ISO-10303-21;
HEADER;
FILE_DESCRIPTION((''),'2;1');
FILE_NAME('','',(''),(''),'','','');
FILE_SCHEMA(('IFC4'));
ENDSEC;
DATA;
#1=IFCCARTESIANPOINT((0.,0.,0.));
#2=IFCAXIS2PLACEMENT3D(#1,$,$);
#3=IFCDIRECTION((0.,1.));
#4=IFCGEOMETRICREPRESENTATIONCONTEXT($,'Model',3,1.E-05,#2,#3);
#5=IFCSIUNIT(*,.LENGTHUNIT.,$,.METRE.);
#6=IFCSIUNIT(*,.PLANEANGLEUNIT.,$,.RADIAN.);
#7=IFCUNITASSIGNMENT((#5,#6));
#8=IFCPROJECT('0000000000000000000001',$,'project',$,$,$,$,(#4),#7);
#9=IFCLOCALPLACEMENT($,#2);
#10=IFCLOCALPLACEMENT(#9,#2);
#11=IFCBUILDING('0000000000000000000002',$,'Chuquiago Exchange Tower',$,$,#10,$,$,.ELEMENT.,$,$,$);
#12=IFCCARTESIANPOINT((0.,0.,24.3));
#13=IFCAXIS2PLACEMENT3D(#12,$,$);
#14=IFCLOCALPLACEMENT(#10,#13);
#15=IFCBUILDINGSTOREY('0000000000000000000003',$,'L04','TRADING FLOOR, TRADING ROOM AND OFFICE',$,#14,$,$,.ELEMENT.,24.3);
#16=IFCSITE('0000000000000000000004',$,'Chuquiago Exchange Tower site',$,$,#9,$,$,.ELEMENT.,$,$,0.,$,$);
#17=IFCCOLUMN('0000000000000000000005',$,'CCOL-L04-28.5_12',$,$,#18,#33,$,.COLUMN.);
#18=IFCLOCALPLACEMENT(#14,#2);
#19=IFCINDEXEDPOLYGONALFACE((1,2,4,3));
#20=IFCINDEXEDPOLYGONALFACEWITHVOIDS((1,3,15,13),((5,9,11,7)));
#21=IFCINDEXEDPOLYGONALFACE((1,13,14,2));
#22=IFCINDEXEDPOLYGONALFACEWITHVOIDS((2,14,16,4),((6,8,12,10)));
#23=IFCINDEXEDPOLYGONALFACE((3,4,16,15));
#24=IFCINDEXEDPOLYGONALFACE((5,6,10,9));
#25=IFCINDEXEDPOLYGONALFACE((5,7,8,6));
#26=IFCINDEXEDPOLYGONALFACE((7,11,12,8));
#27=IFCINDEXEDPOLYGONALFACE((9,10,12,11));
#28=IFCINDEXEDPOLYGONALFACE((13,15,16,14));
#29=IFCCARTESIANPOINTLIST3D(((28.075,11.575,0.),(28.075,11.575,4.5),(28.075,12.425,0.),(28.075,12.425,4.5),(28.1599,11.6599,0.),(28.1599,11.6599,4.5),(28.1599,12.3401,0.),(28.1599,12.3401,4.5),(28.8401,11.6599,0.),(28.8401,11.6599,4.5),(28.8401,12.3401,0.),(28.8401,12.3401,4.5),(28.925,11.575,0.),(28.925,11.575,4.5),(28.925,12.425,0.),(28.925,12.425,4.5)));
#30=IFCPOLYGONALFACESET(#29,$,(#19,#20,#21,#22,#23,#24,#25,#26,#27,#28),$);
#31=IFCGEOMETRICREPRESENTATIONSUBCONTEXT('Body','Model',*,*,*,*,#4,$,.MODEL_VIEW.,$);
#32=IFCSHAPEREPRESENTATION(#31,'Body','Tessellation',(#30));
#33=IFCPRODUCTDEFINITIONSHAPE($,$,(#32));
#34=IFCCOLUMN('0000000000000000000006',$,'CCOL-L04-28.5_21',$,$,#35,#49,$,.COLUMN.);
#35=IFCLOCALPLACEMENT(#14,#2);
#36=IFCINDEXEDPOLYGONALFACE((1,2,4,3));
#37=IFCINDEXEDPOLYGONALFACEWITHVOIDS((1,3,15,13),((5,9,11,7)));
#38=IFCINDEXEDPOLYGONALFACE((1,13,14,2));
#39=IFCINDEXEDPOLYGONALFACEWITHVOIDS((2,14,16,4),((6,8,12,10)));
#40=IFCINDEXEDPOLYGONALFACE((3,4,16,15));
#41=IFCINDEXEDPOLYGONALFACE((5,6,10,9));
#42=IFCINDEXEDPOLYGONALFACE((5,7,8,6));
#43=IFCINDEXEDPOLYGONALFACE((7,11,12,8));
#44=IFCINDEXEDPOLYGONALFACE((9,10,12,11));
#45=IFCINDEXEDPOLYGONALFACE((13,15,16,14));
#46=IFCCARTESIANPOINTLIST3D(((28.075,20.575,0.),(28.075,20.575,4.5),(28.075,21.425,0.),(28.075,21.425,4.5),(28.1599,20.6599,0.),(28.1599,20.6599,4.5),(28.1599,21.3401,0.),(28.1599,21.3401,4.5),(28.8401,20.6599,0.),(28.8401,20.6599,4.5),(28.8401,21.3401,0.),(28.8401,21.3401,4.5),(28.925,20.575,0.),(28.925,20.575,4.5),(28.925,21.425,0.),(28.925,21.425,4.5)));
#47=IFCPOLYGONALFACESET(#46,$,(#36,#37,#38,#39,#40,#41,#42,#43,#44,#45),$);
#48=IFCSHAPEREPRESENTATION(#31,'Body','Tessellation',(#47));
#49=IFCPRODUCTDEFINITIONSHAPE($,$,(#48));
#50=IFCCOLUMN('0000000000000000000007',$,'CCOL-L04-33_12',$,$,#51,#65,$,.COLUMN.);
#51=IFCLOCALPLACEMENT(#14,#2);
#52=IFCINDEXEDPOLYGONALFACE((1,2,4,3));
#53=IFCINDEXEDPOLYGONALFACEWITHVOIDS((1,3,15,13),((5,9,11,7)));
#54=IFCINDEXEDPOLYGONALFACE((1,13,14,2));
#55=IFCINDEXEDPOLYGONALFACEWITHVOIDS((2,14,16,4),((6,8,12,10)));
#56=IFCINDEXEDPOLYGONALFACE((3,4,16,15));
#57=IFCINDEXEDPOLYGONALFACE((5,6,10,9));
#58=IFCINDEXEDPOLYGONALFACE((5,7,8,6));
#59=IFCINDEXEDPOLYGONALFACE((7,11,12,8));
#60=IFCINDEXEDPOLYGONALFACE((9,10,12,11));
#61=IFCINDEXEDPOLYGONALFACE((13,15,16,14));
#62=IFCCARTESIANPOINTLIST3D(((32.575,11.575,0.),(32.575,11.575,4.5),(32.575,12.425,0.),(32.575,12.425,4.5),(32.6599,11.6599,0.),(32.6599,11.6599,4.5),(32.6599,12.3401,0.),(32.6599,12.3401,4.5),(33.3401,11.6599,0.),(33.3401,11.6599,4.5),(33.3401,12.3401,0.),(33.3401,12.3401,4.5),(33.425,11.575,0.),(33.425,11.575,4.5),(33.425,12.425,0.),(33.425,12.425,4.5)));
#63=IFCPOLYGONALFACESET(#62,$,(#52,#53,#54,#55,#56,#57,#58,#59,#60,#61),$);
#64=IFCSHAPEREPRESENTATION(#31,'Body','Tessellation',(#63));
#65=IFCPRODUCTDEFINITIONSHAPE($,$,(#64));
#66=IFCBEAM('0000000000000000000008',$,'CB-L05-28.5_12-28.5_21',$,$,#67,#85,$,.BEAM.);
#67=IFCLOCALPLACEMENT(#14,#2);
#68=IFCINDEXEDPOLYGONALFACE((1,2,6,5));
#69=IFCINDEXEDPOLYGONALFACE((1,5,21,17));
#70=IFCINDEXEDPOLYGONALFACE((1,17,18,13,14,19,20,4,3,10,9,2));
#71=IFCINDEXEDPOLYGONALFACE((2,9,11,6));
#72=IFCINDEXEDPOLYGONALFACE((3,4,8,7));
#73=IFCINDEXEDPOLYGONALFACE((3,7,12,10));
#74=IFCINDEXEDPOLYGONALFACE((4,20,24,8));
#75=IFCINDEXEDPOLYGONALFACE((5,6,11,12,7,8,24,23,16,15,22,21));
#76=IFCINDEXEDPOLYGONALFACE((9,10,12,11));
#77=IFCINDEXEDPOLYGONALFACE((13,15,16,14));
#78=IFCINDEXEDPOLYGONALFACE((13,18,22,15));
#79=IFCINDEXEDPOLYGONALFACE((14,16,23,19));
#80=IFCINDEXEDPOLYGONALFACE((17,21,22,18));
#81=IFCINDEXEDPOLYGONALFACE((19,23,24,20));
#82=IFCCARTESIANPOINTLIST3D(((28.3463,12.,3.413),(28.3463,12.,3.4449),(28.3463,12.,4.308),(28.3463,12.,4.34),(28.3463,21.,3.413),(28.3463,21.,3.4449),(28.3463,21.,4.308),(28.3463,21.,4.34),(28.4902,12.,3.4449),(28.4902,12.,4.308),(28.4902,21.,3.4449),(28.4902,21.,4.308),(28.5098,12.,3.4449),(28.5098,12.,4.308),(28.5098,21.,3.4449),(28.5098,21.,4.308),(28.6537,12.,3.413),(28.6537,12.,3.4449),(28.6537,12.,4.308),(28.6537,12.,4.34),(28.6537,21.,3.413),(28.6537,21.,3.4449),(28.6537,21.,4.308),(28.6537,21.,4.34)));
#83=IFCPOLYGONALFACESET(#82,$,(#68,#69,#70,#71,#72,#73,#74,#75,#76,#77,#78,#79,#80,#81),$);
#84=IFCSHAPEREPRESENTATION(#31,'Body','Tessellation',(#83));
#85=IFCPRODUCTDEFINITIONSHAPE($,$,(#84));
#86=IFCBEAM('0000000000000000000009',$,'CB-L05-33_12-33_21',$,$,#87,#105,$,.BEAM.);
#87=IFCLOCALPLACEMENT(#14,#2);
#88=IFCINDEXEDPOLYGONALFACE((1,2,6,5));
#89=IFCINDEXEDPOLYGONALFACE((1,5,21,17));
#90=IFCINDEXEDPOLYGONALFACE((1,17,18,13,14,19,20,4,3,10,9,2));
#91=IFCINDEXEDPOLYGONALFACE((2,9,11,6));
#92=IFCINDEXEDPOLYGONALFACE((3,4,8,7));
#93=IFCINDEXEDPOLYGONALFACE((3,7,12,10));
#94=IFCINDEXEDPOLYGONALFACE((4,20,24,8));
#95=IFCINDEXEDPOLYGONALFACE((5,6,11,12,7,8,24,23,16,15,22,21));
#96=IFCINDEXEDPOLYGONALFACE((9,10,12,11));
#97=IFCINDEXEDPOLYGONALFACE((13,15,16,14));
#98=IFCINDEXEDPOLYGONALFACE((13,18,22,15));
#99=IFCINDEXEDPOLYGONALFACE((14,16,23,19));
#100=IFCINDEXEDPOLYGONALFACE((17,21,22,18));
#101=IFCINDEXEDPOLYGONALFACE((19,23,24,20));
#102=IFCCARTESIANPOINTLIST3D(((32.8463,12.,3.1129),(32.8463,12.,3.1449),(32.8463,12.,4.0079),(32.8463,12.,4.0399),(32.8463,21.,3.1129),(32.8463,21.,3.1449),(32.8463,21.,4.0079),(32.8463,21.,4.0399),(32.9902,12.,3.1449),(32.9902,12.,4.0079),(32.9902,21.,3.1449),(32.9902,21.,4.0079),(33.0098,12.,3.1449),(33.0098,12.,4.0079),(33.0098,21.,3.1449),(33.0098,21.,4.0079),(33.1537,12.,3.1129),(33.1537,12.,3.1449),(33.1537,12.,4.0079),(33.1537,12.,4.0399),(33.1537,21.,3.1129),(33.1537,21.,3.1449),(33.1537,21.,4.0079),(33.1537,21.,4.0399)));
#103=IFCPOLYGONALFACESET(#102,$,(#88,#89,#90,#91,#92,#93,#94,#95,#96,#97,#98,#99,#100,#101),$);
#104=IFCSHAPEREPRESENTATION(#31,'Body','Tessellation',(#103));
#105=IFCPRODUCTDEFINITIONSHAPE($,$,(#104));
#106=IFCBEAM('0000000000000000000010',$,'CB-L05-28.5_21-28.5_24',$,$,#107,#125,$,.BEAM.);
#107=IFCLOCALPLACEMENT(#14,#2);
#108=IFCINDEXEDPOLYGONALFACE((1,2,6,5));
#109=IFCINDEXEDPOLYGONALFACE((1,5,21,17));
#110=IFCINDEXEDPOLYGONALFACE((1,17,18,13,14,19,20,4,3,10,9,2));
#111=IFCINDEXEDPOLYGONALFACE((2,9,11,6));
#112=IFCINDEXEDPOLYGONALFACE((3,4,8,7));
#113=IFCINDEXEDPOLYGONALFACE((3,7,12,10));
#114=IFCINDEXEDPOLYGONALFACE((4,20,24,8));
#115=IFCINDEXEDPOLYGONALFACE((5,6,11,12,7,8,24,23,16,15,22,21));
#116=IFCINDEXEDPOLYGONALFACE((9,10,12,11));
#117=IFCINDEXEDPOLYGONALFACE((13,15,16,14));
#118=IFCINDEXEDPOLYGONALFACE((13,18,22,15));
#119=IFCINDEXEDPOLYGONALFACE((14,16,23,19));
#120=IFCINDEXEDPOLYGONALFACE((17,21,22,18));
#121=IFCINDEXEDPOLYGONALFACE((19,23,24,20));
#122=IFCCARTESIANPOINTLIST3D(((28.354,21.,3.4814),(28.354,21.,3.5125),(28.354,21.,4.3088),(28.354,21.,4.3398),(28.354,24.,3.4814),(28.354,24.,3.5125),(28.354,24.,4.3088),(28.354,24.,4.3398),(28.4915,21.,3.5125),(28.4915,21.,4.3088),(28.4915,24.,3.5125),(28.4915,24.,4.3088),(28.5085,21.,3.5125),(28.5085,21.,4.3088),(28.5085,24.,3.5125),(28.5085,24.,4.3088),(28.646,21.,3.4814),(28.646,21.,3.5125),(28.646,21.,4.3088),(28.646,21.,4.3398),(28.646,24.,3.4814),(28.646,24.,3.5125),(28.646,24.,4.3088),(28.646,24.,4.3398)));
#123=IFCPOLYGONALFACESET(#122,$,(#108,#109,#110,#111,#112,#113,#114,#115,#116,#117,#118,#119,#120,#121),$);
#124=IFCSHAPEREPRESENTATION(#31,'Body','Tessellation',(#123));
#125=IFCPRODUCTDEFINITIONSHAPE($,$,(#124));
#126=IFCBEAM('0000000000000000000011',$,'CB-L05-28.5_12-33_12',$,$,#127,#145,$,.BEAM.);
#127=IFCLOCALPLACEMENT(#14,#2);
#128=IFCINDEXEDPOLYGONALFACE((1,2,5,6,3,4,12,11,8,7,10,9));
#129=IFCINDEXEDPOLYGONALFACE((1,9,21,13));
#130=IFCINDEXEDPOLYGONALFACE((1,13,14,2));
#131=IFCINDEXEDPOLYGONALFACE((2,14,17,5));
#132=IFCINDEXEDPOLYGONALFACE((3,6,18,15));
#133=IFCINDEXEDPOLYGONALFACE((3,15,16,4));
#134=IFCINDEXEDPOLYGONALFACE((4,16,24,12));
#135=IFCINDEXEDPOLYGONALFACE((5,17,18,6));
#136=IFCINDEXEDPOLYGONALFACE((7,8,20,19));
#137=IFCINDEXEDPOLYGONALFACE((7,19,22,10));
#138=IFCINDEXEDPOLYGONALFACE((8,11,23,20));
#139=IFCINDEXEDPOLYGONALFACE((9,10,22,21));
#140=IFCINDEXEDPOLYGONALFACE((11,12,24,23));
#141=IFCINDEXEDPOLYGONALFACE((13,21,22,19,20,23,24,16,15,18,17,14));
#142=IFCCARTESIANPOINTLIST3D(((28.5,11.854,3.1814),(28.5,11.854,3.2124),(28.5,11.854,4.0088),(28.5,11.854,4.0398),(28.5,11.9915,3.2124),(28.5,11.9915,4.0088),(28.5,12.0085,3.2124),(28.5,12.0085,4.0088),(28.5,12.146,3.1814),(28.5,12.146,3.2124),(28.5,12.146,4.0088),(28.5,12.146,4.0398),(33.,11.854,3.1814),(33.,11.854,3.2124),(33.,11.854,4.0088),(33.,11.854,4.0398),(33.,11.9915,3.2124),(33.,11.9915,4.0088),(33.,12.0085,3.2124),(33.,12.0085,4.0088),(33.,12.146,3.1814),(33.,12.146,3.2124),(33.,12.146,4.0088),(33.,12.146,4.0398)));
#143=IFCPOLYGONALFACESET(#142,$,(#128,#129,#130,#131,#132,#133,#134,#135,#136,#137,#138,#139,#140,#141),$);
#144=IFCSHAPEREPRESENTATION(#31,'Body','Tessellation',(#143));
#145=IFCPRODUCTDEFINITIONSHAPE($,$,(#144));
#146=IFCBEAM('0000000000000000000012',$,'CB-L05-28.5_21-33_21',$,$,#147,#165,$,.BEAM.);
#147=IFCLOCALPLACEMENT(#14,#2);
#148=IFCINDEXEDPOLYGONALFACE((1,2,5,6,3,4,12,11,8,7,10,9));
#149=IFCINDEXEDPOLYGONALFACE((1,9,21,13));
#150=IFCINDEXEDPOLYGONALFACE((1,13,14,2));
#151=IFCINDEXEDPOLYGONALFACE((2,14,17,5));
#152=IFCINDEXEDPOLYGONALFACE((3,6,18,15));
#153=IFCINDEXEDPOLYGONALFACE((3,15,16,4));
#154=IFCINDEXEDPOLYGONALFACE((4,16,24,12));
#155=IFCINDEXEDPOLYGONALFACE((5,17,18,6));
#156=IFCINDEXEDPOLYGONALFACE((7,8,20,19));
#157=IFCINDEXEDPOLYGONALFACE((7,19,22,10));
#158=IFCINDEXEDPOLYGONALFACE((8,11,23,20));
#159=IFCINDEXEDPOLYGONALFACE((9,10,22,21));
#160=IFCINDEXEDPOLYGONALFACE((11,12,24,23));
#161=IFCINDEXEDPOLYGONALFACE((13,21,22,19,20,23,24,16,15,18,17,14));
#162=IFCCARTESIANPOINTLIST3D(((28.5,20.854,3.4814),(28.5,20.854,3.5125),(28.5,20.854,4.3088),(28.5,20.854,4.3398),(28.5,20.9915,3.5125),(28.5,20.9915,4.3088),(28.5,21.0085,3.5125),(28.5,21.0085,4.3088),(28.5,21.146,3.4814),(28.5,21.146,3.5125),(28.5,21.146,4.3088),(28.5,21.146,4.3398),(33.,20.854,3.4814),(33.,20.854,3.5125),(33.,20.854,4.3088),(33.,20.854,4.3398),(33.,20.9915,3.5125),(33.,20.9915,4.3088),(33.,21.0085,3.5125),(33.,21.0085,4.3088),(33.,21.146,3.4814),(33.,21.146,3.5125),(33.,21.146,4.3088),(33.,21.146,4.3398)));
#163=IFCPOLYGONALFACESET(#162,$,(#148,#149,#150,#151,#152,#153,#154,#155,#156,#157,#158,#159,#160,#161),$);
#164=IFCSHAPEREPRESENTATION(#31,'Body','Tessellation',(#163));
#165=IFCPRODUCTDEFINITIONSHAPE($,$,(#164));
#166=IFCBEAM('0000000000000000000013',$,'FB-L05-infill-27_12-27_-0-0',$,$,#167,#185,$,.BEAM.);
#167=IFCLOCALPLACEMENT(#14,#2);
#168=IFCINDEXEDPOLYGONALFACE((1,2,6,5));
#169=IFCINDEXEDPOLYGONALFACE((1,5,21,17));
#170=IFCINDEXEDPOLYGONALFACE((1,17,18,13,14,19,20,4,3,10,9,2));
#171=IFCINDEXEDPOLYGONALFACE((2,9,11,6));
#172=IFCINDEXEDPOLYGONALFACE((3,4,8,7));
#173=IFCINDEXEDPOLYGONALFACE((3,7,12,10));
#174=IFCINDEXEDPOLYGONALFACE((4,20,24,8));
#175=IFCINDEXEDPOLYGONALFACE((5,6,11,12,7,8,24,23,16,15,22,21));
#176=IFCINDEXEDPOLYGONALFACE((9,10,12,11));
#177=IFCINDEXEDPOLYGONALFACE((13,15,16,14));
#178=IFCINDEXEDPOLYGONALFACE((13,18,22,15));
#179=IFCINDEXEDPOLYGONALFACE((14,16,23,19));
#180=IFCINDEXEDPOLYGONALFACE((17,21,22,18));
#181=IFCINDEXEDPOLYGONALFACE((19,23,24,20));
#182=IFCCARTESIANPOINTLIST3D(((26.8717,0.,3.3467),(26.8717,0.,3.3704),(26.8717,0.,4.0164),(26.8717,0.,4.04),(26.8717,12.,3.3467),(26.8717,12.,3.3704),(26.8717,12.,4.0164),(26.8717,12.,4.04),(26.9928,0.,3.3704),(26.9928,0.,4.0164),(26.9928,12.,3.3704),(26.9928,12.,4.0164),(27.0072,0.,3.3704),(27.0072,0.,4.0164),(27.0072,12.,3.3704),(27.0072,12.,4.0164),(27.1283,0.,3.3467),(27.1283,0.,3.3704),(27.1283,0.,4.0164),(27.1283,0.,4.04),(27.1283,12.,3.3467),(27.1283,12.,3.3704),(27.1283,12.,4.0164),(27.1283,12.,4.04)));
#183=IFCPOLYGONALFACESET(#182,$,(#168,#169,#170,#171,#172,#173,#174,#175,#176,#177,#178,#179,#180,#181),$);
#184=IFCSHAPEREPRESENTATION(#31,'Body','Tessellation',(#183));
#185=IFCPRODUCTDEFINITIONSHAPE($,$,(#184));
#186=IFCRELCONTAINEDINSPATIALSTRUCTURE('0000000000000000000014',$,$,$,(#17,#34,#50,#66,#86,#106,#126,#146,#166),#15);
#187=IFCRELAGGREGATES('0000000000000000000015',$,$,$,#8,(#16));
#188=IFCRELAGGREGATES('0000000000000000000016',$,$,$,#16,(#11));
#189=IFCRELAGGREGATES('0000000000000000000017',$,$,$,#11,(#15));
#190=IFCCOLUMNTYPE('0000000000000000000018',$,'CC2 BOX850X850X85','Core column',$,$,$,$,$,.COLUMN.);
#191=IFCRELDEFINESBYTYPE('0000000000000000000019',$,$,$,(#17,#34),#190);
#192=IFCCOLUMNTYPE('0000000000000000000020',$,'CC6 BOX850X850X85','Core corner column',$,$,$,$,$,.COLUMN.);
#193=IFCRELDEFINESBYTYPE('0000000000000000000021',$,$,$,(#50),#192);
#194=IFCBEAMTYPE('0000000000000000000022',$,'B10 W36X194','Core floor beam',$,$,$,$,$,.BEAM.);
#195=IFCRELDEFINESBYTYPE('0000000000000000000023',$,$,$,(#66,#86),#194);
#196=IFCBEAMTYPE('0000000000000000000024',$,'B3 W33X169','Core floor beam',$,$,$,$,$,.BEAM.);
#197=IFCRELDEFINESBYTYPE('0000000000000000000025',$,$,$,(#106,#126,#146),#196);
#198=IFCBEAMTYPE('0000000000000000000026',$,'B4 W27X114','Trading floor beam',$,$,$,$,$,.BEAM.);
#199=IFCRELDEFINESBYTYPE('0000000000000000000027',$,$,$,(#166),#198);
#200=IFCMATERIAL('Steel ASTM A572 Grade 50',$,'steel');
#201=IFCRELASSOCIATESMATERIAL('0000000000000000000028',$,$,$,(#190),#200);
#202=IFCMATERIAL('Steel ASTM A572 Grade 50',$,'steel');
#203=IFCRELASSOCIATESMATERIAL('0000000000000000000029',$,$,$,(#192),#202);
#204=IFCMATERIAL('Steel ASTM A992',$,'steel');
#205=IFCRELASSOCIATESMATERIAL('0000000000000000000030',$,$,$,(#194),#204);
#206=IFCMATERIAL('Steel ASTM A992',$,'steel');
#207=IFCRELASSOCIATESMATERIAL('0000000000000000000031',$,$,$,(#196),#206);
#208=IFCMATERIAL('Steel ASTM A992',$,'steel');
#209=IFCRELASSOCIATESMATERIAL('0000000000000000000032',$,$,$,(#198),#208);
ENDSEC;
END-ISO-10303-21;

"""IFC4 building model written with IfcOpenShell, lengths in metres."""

from ifc_helpers import new_model, si_unit, direction, frame, origin, origin_2d, place, context, subcontext, project, spatial, hollow_rectangle, i_section, extrude, material, material_profile, profile_set, type_object, element, save


model = new_model("IFC4")

# Units and contexts
model_context = context("Model", 3, precision=1e-05, world=origin(), true_north=direction((0.0, 1.0)))
body_context = subcontext(model_context, "Body", "Model", "MODEL_VIEW")
ifc_project = project(units=[si_unit("LENGTHUNIT", "METRE"), si_unit("PLANEANGLEUNIT", "RADIAN")], contexts=[model_context])

# Site, building, storey
site_placement = place(None, origin())
site = spatial("IfcSite", under=ifc_project, at=site_placement, Name="Chuquiago Exchange Tower site", CompositionType="ELEMENT", RefElevation=0.0)
building_placement = place(site_placement, origin())
building = spatial("IfcBuilding", under=site, at=building_placement, Name="Chuquiago Exchange Tower", CompositionType="ELEMENT")
storey_placement = place(building_placement, frame((0.0, 0.0, 24.3)))
storey = spatial("IfcBuildingStorey", under=building, at=storey_placement, Name="L04", Description="TRADING FLOOR, TRADING ROOM AND OFFICE", CompositionType="ELEMENT", Elevation=24.3)

# Columns
ifc_material_1 = material(Name="Steel ASTM A572 Grade 50", Category="steel")
ifc_material_profile_1 = material_profile(ifc_material_1, hollow_rectangle(XDim=0.8501, YDim=0.8501, WallThickness=0.085, at=origin_2d()), Name="BOX850X850X85")
ifc_profile_set_1 = profile_set([ifc_material_profile_1], Name="Steel ASTM A572 Grade 50")
column_type_1 = type_object("IfcColumnType", Name="CC2 BOX850X850X85", Description="Core column", PredefinedType="COLUMN", material=ifc_profile_set_1)
for number, where, z_axis, x_axis, name in (
    (1, (28.5, 12.0, 0.0), (0.0, 0.0, 1.0), (1.0, 0.0, 0.0), "CCOL-L04-28.5_12"),
    (2, (28.5, 21.0, 0.0), (0.0, 0.0, 1.0), (1.0, 0.0, 0.0), "CCOL-L04-28.5_21"),
):
    element("IfcColumn", number, at=place(storey_placement, frame(where, z_axis=z_axis, x_axis=x_axis)), inside=storey, type_object=column_type_1, Name=name, PredefinedType="COLUMN", context=body_context, shape_type="SweptSolid", body=[
        extrude(hollow_rectangle(XDim=0.8501, YDim=0.8501, WallThickness=0.085, at=origin_2d()), origin(), (0.0, 0.0, 1.0), 4.5),
    ])
ifc_material_2 = material(Name="Steel ASTM A572 Grade 50", Category="steel")
ifc_material_profile_2 = material_profile(ifc_material_2, hollow_rectangle(XDim=0.8501, YDim=0.8501, WallThickness=0.085, at=origin_2d()), Name="BOX850X850X85")
ifc_profile_set_2 = profile_set([ifc_material_profile_2], Name="Steel ASTM A572 Grade 50")
column_type_2 = type_object("IfcColumnType", Name="CC6 BOX850X850X85", Description="Core corner column", PredefinedType="COLUMN", material=ifc_profile_set_2)
column_placement = place(storey_placement, frame((33.0, 12.0, 0.0), z_axis=(0.0, 0.0, 1.0), x_axis=(1.0, 0.0, 0.0)))
element("IfcColumn", 3, at=column_placement, inside=storey, type_object=column_type_2, Name="CCOL-L04-33_12", PredefinedType="COLUMN", context=body_context, shape_type="SweptSolid", body=[
    extrude(hollow_rectangle(XDim=0.8501, YDim=0.8501, WallThickness=0.085, at=origin_2d()), origin(), (0.0, 0.0, 1.0), 4.5),
])

# Beams
ifc_material_3 = material(Name="Steel ASTM A992", Category="steel")
ifc_material_profile_3 = material_profile(ifc_material_3, i_section(OverallWidth=0.3074, OverallDepth=0.927, WebThickness=0.0195, FlangeThickness=0.032, at=origin_2d()), Name="W36X194")
ifc_profile_set_3 = profile_set([ifc_material_profile_3], Name="Steel ASTM A992")
beam_type_1 = type_object("IfcBeamType", Name="B10 W36X194", Description="Core floor beam", PredefinedType="BEAM", material=ifc_profile_set_3)
for number, where, z_axis, x_axis, name in (
    (4, (28.5, 12.0, 3.8765), (0.0, 1.0, 0.0), (-1.0, 0.0, 0.0), "CB-L05-28.5_12-28.5_21"),
    (5, (33.0, 12.0, 3.5764), (0.0, 1.0, 0.0), (-1.0, 0.0, 0.0), "CB-L05-33_12-33_21"),
):
    element("IfcBeam", number, at=place(storey_placement, frame(where, z_axis=z_axis, x_axis=x_axis)), inside=storey, type_object=beam_type_1, Name=name, PredefinedType="BEAM", context=body_context, shape_type="SweptSolid", body=[
        extrude(i_section(OverallWidth=0.3074, OverallDepth=0.927, WebThickness=0.0195, FlangeThickness=0.032, at=origin_2d()), origin(), (0.0, 0.0, 1.0), 9.0),
    ])
ifc_material_4 = material(Name="Steel ASTM A992", Category="steel")
ifc_material_profile_4 = material_profile(ifc_material_4, i_section(OverallWidth=0.292, OverallDepth=0.8584, WebThickness=0.0171, FlangeThickness=0.031, at=origin_2d()), Name="W33X169")
ifc_profile_set_4 = profile_set([ifc_material_profile_4], Name="Steel ASTM A992")
beam_type_2 = type_object("IfcBeamType", Name="B3 W33X169", Description="Core floor beam", PredefinedType="BEAM", material=ifc_profile_set_4)
beam_placement = place(storey_placement, frame((28.5, 21.0, 3.9106), z_axis=(0.0, 1.0, 0.0), x_axis=(-1.0, 0.0, 0.0)))
element("IfcBeam", 6, at=beam_placement, inside=storey, type_object=beam_type_2, Name="CB-L05-28.5_21-28.5_24", PredefinedType="BEAM", context=body_context, shape_type="SweptSolid", body=[
    extrude(i_section(OverallWidth=0.292, OverallDepth=0.8584, WebThickness=0.0171, FlangeThickness=0.031, at=origin_2d()), origin(), (0.0, 0.0, 1.0), 3.0),
])
for number, where, z_axis, x_axis, name in (
    (7, (28.5, 12.0, 3.6106), (1.0, 0.0, 0.0), (0.0, 1.0, 0.0), "CB-L05-28.5_12-33_12"),
    (8, (28.5, 21.0, 3.9106), (1.0, 0.0, 0.0), (0.0, 1.0, 0.0), "CB-L05-28.5_21-33_21"),
):
    element("IfcBeam", number, at=place(storey_placement, frame(where, z_axis=z_axis, x_axis=x_axis)), inside=storey, type_object=beam_type_2, Name=name, PredefinedType="BEAM", context=body_context, shape_type="SweptSolid", body=[
        extrude(i_section(OverallWidth=0.292, OverallDepth=0.8584, WebThickness=0.0171, FlangeThickness=0.031, at=origin_2d()), origin(), (0.0, 0.0, 1.0), 4.5),
    ])
ifc_material_5 = material(Name="Steel ASTM A992", Category="steel")
ifc_material_profile_5 = material_profile(ifc_material_5, i_section(OverallWidth=0.2566, OverallDepth=0.6934, WebThickness=0.0144, FlangeThickness=0.0237, at=origin_2d()), Name="W27X114")
ifc_profile_set_5 = profile_set([ifc_material_profile_5], Name="Steel ASTM A992")
beam_type_3 = type_object("IfcBeamType", Name="B4 W27X114", Description="Trading floor beam", PredefinedType="BEAM", material=ifc_profile_set_5)
for number, where, z_axis, x_axis, name in (
    (9, (27.0, 12.0, 3.6934), (0.0, -1.0, 0.0), (1.0, 0.0, 0.0), "FB-L05-infill-27_12-27_-0-0"),
):
    element("IfcBeam", number, at=place(storey_placement, frame(where, z_axis=z_axis, x_axis=x_axis)), inside=storey, type_object=beam_type_3, Name=name, PredefinedType="BEAM", context=body_context, shape_type="SweptSolid", body=[
        extrude(i_section(OverallWidth=0.2566, OverallDepth=0.6934, WebThickness=0.0144, FlangeThickness=0.0237, at=origin_2d()), origin(), (0.0, 0.0, 1.0), 12.0),
    ])

save(model, "model.ifc")
